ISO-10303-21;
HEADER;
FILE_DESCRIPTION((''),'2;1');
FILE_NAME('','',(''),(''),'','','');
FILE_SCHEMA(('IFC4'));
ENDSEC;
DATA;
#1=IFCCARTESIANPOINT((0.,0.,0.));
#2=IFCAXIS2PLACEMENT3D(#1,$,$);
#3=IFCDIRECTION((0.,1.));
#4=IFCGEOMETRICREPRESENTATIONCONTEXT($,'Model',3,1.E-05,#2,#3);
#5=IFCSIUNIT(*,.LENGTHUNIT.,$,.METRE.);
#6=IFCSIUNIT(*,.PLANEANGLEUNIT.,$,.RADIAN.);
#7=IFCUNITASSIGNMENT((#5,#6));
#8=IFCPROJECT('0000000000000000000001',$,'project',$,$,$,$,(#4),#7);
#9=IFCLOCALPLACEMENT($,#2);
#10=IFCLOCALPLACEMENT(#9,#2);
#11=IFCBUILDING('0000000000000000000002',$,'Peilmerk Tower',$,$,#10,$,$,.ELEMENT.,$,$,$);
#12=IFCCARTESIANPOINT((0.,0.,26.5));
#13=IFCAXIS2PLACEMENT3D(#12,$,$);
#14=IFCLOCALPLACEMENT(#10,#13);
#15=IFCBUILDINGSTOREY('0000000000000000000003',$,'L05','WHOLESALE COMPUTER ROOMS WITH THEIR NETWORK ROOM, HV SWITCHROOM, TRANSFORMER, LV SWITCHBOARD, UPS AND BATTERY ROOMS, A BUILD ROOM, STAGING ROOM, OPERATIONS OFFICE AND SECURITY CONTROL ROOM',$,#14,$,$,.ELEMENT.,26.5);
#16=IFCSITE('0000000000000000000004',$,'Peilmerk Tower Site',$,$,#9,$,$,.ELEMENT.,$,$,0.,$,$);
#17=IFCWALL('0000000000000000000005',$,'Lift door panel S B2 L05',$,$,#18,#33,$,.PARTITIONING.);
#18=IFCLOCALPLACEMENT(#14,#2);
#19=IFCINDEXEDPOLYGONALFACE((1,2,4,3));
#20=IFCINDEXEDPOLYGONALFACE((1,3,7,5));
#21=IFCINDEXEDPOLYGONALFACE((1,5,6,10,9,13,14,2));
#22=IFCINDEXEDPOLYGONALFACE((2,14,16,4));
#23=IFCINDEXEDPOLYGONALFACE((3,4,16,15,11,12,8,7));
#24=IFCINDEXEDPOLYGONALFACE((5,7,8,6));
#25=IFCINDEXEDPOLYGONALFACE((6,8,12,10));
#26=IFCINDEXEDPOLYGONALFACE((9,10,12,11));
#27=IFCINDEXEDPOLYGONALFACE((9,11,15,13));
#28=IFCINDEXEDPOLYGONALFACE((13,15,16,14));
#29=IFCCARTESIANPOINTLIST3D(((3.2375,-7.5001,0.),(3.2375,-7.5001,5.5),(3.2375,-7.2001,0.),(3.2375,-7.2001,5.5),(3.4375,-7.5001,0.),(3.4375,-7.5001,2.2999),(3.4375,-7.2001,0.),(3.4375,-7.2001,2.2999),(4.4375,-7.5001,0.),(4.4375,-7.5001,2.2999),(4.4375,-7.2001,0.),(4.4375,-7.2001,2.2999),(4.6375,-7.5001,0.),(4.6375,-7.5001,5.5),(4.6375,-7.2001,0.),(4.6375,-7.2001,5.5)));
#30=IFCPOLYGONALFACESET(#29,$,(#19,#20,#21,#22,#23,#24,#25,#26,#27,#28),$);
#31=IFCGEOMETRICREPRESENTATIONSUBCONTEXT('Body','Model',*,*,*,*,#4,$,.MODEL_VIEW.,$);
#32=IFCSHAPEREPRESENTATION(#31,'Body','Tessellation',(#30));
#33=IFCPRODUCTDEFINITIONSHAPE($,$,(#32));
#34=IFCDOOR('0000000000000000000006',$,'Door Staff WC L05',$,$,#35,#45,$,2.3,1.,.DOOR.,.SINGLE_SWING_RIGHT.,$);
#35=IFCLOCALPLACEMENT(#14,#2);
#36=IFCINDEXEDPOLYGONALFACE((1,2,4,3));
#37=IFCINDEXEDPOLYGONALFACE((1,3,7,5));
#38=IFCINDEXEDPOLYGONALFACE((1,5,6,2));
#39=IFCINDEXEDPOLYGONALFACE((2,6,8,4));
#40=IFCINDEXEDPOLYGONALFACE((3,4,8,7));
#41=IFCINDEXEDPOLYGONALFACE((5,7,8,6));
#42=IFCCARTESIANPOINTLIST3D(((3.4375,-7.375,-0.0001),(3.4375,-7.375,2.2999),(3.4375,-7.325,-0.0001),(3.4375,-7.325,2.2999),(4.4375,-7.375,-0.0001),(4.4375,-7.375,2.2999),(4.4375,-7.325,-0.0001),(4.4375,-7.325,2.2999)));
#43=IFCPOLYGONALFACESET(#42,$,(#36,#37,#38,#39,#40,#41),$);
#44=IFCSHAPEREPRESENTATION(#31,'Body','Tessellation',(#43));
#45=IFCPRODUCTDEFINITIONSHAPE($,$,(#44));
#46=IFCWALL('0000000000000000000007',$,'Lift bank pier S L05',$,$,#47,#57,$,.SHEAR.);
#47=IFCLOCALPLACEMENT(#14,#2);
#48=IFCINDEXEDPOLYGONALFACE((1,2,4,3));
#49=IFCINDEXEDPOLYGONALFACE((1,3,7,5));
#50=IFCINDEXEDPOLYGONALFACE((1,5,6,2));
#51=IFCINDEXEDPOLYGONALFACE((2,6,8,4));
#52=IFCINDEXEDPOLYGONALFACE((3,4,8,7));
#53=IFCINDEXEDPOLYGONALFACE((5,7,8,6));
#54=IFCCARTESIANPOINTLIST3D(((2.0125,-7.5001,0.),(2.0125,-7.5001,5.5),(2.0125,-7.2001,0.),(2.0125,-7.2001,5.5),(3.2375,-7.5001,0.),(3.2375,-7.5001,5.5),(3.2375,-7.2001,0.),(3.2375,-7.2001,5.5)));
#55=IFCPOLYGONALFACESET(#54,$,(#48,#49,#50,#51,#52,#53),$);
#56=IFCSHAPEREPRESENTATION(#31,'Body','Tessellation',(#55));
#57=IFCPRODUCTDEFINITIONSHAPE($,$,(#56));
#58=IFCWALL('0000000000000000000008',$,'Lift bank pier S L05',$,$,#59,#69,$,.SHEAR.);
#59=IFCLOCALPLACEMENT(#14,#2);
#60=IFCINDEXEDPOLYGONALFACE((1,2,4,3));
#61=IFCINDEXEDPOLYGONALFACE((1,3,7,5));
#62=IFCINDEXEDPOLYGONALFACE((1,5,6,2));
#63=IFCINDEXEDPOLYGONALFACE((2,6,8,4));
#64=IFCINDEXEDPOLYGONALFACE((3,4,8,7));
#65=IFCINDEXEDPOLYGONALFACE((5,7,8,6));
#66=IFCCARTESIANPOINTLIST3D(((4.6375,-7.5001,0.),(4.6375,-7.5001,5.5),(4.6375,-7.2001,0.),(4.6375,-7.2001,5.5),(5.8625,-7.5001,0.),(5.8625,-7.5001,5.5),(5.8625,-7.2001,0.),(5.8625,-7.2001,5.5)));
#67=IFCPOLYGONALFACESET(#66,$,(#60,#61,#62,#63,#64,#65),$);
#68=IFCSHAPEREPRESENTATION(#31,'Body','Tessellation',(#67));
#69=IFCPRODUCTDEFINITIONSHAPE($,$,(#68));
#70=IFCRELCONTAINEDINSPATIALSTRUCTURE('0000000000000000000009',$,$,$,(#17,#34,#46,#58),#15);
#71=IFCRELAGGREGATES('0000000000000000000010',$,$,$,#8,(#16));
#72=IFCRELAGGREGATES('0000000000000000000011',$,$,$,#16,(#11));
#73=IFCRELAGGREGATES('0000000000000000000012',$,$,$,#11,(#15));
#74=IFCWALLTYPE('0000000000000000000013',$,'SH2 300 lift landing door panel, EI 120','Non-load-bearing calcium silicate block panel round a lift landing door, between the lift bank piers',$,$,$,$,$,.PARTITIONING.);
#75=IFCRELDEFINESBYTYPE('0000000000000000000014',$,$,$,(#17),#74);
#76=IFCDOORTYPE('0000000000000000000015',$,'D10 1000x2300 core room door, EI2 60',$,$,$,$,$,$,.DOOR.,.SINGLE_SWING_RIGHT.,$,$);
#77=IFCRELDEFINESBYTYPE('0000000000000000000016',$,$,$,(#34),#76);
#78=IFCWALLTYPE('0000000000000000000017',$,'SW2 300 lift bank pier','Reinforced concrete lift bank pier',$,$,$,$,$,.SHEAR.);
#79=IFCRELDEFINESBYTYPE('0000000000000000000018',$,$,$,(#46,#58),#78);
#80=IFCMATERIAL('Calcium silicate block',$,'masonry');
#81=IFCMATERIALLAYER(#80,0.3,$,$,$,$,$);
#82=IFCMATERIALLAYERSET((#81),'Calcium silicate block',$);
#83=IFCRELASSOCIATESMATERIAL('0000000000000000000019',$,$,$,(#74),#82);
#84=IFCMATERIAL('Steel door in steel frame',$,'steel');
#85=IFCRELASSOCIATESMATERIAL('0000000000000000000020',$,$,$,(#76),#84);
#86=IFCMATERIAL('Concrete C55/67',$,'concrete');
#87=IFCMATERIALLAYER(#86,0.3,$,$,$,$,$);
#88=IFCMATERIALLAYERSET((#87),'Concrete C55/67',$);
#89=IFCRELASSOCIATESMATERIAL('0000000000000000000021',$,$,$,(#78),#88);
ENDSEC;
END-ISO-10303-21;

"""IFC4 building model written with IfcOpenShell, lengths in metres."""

from ifc_helpers import new_model, si_unit, direction, frame, frame_2d, origin, place, context, subcontext, project, spatial, rectangle, extrude, material, layer, layer_set, type_object, element, fill, save


model = new_model("IFC4")

# Units and contexts
model_context = context("Model", 3, precision=1e-05, world=origin(), true_north=direction((0.0, 1.0)))
body_context = subcontext(model_context, "Body", "Model", "MODEL_VIEW")
ifc_project = project(units=[si_unit("LENGTHUNIT", "METRE"), si_unit("PLANEANGLEUNIT", "RADIAN")], contexts=[model_context])

# Site, building, storey
site_placement = place(None, origin())
site = spatial("IfcSite", under=ifc_project, at=site_placement, Name="Peilmerk Tower Site", CompositionType="ELEMENT", RefElevation=0.0)
building_placement = place(site_placement, origin())
building = spatial("IfcBuilding", under=site, at=building_placement, Name="Peilmerk Tower", CompositionType="ELEMENT")
storey_placement = place(building_placement, frame((0.0, 0.0, 26.5)))
storey = spatial("IfcBuildingStorey", under=building, at=storey_placement, Name="L05", Description="WHOLESALE COMPUTER ROOMS WITH THEIR NETWORK ROOM, HV SWITCHROOM, TRANSFORMER, LV SWITCHBOARD, UPS AND BATTERY ROOMS, A BUILD ROOM, STAGING ROOM, OPERATIONS OFFICE AND SECURITY CONTROL ROOM", CompositionType="ELEMENT", Elevation=26.5)

# Shared definitions
ifc_material_1 = material(Name="Steel door in steel frame", Category="steel")

# Wall, opening, door
ifc_material_2 = material(Name="Calcium silicate block", Category="masonry")
ifc_layer_1 = layer(ifc_material_2, 0.3)
ifc_layer_set_1 = layer_set([ifc_layer_1], Name="Calcium silicate block")
wall_type_1 = type_object("IfcWallType", Name="SH2 300 lift landing door panel, EI 120", Description="Non-load-bearing calcium silicate block panel round a lift landing door, between the lift bank piers", PredefinedType="PARTITIONING", material=ifc_layer_set_1)
door_type_1 = type_object("IfcDoorType", Name="D10 1000x2300 core room door, EI2 60", OperationType="SINGLE_SWING_RIGHT", PredefinedType="DOOR", material=ifc_material_1)
wall_1_placement = place(storey_placement, frame((3.2375, -7.3501, 0.0), z_axis=(0.0, 0.0, 1.0), x_axis=(1.0, 0.0, 0.0)))
wall_1 = element("IfcWall", 1, at=wall_1_placement, inside=storey, type_object=wall_type_1, Name="Lift door panel S B2 L05", PredefinedType="PARTITIONING", context=body_context, shape_type="SweptSolid", body=[
    extrude(rectangle(XDim=1.3999, YDim=0.3, at=frame_2d((0.7, 0.0))), origin(), (0.0, 0.0, 1.0), 5.5),
])
opening_1_placement = place(wall_1_placement, frame((0.2, 0.0, 0.0)))
opening_1 = element("IfcOpeningElement", 2, at=opening_1_placement, cuts=wall_1, PredefinedType="OPENING", context=body_context, shape_type="SweptSolid", body=[
    extrude(rectangle(XDim=1.0, YDim=2.3, at=frame_2d((0.5, 1.1499))), frame((0.0, 0.1599, 0.0), z_axis=(0.0, -1.0, 0.0), x_axis=(1.0, 0.0, 0.0)), (0.0, 0.0, 1.0), 0.3201),
])
door_1_placement = place(opening_1_placement, frame((1.0, 0.0, 0.0), z_axis=(0.0, 0.0, 1.0), x_axis=(-1.0, 0.0, 0.0)))
door_1 = element("IfcDoor", 3, at=door_1_placement, inside=storey, type_object=door_type_1, Name="Door Staff WC L05", OperationType="SINGLE_SWING_RIGHT", OverallHeight=2.3, OverallWidth=1.0, PredefinedType="DOOR", context=body_context, shape_type="SweptSolid", body=[
    extrude(rectangle(XDim=1.0, YDim=2.3, at=frame_2d((0.5, 1.1499))), frame((0.0, 0.0249, 0.0), z_axis=(0.0, -1.0, 0.0), x_axis=(1.0, 0.0, 0.0)), (0.0, 0.0, 1.0), 0.05),
])
fill(opening_1, door_1)

# Walls
ifc_material_3 = material(Name="Concrete C55/67", Category="concrete")
ifc_layer_2 = layer(ifc_material_3, 0.3)
ifc_layer_set_2 = layer_set([ifc_layer_2], Name="Concrete C55/67")
wall_type_2 = type_object("IfcWallType", Name="SW2 300 lift bank pier", Description="Reinforced concrete lift bank pier", PredefinedType="SHEAR", material=ifc_layer_set_2)
for number, where, z_axis, x_axis, name in (
    (4, (2.0125, -7.3501, 0.0), (0.0, 0.0, 1.0), (1.0, 0.0, 0.0), "Lift bank pier S L05"),
    (5, (4.6375, -7.3501, 0.0), (0.0, 0.0, 1.0), (1.0, 0.0, 0.0), "Lift bank pier S L05"),
):
    element("IfcWall", number, at=place(storey_placement, frame(where, z_axis=z_axis, x_axis=x_axis)), inside=storey, type_object=wall_type_2, Name=name, PredefinedType="SHEAR", context=body_context, shape_type="SweptSolid", body=[
        extrude(rectangle(XDim=1.2251, YDim=0.3, at=frame_2d((0.6125, 0.0))), origin(), (0.0, 0.0, 1.0), 5.5),
    ])

save(model, "model.ifc")
